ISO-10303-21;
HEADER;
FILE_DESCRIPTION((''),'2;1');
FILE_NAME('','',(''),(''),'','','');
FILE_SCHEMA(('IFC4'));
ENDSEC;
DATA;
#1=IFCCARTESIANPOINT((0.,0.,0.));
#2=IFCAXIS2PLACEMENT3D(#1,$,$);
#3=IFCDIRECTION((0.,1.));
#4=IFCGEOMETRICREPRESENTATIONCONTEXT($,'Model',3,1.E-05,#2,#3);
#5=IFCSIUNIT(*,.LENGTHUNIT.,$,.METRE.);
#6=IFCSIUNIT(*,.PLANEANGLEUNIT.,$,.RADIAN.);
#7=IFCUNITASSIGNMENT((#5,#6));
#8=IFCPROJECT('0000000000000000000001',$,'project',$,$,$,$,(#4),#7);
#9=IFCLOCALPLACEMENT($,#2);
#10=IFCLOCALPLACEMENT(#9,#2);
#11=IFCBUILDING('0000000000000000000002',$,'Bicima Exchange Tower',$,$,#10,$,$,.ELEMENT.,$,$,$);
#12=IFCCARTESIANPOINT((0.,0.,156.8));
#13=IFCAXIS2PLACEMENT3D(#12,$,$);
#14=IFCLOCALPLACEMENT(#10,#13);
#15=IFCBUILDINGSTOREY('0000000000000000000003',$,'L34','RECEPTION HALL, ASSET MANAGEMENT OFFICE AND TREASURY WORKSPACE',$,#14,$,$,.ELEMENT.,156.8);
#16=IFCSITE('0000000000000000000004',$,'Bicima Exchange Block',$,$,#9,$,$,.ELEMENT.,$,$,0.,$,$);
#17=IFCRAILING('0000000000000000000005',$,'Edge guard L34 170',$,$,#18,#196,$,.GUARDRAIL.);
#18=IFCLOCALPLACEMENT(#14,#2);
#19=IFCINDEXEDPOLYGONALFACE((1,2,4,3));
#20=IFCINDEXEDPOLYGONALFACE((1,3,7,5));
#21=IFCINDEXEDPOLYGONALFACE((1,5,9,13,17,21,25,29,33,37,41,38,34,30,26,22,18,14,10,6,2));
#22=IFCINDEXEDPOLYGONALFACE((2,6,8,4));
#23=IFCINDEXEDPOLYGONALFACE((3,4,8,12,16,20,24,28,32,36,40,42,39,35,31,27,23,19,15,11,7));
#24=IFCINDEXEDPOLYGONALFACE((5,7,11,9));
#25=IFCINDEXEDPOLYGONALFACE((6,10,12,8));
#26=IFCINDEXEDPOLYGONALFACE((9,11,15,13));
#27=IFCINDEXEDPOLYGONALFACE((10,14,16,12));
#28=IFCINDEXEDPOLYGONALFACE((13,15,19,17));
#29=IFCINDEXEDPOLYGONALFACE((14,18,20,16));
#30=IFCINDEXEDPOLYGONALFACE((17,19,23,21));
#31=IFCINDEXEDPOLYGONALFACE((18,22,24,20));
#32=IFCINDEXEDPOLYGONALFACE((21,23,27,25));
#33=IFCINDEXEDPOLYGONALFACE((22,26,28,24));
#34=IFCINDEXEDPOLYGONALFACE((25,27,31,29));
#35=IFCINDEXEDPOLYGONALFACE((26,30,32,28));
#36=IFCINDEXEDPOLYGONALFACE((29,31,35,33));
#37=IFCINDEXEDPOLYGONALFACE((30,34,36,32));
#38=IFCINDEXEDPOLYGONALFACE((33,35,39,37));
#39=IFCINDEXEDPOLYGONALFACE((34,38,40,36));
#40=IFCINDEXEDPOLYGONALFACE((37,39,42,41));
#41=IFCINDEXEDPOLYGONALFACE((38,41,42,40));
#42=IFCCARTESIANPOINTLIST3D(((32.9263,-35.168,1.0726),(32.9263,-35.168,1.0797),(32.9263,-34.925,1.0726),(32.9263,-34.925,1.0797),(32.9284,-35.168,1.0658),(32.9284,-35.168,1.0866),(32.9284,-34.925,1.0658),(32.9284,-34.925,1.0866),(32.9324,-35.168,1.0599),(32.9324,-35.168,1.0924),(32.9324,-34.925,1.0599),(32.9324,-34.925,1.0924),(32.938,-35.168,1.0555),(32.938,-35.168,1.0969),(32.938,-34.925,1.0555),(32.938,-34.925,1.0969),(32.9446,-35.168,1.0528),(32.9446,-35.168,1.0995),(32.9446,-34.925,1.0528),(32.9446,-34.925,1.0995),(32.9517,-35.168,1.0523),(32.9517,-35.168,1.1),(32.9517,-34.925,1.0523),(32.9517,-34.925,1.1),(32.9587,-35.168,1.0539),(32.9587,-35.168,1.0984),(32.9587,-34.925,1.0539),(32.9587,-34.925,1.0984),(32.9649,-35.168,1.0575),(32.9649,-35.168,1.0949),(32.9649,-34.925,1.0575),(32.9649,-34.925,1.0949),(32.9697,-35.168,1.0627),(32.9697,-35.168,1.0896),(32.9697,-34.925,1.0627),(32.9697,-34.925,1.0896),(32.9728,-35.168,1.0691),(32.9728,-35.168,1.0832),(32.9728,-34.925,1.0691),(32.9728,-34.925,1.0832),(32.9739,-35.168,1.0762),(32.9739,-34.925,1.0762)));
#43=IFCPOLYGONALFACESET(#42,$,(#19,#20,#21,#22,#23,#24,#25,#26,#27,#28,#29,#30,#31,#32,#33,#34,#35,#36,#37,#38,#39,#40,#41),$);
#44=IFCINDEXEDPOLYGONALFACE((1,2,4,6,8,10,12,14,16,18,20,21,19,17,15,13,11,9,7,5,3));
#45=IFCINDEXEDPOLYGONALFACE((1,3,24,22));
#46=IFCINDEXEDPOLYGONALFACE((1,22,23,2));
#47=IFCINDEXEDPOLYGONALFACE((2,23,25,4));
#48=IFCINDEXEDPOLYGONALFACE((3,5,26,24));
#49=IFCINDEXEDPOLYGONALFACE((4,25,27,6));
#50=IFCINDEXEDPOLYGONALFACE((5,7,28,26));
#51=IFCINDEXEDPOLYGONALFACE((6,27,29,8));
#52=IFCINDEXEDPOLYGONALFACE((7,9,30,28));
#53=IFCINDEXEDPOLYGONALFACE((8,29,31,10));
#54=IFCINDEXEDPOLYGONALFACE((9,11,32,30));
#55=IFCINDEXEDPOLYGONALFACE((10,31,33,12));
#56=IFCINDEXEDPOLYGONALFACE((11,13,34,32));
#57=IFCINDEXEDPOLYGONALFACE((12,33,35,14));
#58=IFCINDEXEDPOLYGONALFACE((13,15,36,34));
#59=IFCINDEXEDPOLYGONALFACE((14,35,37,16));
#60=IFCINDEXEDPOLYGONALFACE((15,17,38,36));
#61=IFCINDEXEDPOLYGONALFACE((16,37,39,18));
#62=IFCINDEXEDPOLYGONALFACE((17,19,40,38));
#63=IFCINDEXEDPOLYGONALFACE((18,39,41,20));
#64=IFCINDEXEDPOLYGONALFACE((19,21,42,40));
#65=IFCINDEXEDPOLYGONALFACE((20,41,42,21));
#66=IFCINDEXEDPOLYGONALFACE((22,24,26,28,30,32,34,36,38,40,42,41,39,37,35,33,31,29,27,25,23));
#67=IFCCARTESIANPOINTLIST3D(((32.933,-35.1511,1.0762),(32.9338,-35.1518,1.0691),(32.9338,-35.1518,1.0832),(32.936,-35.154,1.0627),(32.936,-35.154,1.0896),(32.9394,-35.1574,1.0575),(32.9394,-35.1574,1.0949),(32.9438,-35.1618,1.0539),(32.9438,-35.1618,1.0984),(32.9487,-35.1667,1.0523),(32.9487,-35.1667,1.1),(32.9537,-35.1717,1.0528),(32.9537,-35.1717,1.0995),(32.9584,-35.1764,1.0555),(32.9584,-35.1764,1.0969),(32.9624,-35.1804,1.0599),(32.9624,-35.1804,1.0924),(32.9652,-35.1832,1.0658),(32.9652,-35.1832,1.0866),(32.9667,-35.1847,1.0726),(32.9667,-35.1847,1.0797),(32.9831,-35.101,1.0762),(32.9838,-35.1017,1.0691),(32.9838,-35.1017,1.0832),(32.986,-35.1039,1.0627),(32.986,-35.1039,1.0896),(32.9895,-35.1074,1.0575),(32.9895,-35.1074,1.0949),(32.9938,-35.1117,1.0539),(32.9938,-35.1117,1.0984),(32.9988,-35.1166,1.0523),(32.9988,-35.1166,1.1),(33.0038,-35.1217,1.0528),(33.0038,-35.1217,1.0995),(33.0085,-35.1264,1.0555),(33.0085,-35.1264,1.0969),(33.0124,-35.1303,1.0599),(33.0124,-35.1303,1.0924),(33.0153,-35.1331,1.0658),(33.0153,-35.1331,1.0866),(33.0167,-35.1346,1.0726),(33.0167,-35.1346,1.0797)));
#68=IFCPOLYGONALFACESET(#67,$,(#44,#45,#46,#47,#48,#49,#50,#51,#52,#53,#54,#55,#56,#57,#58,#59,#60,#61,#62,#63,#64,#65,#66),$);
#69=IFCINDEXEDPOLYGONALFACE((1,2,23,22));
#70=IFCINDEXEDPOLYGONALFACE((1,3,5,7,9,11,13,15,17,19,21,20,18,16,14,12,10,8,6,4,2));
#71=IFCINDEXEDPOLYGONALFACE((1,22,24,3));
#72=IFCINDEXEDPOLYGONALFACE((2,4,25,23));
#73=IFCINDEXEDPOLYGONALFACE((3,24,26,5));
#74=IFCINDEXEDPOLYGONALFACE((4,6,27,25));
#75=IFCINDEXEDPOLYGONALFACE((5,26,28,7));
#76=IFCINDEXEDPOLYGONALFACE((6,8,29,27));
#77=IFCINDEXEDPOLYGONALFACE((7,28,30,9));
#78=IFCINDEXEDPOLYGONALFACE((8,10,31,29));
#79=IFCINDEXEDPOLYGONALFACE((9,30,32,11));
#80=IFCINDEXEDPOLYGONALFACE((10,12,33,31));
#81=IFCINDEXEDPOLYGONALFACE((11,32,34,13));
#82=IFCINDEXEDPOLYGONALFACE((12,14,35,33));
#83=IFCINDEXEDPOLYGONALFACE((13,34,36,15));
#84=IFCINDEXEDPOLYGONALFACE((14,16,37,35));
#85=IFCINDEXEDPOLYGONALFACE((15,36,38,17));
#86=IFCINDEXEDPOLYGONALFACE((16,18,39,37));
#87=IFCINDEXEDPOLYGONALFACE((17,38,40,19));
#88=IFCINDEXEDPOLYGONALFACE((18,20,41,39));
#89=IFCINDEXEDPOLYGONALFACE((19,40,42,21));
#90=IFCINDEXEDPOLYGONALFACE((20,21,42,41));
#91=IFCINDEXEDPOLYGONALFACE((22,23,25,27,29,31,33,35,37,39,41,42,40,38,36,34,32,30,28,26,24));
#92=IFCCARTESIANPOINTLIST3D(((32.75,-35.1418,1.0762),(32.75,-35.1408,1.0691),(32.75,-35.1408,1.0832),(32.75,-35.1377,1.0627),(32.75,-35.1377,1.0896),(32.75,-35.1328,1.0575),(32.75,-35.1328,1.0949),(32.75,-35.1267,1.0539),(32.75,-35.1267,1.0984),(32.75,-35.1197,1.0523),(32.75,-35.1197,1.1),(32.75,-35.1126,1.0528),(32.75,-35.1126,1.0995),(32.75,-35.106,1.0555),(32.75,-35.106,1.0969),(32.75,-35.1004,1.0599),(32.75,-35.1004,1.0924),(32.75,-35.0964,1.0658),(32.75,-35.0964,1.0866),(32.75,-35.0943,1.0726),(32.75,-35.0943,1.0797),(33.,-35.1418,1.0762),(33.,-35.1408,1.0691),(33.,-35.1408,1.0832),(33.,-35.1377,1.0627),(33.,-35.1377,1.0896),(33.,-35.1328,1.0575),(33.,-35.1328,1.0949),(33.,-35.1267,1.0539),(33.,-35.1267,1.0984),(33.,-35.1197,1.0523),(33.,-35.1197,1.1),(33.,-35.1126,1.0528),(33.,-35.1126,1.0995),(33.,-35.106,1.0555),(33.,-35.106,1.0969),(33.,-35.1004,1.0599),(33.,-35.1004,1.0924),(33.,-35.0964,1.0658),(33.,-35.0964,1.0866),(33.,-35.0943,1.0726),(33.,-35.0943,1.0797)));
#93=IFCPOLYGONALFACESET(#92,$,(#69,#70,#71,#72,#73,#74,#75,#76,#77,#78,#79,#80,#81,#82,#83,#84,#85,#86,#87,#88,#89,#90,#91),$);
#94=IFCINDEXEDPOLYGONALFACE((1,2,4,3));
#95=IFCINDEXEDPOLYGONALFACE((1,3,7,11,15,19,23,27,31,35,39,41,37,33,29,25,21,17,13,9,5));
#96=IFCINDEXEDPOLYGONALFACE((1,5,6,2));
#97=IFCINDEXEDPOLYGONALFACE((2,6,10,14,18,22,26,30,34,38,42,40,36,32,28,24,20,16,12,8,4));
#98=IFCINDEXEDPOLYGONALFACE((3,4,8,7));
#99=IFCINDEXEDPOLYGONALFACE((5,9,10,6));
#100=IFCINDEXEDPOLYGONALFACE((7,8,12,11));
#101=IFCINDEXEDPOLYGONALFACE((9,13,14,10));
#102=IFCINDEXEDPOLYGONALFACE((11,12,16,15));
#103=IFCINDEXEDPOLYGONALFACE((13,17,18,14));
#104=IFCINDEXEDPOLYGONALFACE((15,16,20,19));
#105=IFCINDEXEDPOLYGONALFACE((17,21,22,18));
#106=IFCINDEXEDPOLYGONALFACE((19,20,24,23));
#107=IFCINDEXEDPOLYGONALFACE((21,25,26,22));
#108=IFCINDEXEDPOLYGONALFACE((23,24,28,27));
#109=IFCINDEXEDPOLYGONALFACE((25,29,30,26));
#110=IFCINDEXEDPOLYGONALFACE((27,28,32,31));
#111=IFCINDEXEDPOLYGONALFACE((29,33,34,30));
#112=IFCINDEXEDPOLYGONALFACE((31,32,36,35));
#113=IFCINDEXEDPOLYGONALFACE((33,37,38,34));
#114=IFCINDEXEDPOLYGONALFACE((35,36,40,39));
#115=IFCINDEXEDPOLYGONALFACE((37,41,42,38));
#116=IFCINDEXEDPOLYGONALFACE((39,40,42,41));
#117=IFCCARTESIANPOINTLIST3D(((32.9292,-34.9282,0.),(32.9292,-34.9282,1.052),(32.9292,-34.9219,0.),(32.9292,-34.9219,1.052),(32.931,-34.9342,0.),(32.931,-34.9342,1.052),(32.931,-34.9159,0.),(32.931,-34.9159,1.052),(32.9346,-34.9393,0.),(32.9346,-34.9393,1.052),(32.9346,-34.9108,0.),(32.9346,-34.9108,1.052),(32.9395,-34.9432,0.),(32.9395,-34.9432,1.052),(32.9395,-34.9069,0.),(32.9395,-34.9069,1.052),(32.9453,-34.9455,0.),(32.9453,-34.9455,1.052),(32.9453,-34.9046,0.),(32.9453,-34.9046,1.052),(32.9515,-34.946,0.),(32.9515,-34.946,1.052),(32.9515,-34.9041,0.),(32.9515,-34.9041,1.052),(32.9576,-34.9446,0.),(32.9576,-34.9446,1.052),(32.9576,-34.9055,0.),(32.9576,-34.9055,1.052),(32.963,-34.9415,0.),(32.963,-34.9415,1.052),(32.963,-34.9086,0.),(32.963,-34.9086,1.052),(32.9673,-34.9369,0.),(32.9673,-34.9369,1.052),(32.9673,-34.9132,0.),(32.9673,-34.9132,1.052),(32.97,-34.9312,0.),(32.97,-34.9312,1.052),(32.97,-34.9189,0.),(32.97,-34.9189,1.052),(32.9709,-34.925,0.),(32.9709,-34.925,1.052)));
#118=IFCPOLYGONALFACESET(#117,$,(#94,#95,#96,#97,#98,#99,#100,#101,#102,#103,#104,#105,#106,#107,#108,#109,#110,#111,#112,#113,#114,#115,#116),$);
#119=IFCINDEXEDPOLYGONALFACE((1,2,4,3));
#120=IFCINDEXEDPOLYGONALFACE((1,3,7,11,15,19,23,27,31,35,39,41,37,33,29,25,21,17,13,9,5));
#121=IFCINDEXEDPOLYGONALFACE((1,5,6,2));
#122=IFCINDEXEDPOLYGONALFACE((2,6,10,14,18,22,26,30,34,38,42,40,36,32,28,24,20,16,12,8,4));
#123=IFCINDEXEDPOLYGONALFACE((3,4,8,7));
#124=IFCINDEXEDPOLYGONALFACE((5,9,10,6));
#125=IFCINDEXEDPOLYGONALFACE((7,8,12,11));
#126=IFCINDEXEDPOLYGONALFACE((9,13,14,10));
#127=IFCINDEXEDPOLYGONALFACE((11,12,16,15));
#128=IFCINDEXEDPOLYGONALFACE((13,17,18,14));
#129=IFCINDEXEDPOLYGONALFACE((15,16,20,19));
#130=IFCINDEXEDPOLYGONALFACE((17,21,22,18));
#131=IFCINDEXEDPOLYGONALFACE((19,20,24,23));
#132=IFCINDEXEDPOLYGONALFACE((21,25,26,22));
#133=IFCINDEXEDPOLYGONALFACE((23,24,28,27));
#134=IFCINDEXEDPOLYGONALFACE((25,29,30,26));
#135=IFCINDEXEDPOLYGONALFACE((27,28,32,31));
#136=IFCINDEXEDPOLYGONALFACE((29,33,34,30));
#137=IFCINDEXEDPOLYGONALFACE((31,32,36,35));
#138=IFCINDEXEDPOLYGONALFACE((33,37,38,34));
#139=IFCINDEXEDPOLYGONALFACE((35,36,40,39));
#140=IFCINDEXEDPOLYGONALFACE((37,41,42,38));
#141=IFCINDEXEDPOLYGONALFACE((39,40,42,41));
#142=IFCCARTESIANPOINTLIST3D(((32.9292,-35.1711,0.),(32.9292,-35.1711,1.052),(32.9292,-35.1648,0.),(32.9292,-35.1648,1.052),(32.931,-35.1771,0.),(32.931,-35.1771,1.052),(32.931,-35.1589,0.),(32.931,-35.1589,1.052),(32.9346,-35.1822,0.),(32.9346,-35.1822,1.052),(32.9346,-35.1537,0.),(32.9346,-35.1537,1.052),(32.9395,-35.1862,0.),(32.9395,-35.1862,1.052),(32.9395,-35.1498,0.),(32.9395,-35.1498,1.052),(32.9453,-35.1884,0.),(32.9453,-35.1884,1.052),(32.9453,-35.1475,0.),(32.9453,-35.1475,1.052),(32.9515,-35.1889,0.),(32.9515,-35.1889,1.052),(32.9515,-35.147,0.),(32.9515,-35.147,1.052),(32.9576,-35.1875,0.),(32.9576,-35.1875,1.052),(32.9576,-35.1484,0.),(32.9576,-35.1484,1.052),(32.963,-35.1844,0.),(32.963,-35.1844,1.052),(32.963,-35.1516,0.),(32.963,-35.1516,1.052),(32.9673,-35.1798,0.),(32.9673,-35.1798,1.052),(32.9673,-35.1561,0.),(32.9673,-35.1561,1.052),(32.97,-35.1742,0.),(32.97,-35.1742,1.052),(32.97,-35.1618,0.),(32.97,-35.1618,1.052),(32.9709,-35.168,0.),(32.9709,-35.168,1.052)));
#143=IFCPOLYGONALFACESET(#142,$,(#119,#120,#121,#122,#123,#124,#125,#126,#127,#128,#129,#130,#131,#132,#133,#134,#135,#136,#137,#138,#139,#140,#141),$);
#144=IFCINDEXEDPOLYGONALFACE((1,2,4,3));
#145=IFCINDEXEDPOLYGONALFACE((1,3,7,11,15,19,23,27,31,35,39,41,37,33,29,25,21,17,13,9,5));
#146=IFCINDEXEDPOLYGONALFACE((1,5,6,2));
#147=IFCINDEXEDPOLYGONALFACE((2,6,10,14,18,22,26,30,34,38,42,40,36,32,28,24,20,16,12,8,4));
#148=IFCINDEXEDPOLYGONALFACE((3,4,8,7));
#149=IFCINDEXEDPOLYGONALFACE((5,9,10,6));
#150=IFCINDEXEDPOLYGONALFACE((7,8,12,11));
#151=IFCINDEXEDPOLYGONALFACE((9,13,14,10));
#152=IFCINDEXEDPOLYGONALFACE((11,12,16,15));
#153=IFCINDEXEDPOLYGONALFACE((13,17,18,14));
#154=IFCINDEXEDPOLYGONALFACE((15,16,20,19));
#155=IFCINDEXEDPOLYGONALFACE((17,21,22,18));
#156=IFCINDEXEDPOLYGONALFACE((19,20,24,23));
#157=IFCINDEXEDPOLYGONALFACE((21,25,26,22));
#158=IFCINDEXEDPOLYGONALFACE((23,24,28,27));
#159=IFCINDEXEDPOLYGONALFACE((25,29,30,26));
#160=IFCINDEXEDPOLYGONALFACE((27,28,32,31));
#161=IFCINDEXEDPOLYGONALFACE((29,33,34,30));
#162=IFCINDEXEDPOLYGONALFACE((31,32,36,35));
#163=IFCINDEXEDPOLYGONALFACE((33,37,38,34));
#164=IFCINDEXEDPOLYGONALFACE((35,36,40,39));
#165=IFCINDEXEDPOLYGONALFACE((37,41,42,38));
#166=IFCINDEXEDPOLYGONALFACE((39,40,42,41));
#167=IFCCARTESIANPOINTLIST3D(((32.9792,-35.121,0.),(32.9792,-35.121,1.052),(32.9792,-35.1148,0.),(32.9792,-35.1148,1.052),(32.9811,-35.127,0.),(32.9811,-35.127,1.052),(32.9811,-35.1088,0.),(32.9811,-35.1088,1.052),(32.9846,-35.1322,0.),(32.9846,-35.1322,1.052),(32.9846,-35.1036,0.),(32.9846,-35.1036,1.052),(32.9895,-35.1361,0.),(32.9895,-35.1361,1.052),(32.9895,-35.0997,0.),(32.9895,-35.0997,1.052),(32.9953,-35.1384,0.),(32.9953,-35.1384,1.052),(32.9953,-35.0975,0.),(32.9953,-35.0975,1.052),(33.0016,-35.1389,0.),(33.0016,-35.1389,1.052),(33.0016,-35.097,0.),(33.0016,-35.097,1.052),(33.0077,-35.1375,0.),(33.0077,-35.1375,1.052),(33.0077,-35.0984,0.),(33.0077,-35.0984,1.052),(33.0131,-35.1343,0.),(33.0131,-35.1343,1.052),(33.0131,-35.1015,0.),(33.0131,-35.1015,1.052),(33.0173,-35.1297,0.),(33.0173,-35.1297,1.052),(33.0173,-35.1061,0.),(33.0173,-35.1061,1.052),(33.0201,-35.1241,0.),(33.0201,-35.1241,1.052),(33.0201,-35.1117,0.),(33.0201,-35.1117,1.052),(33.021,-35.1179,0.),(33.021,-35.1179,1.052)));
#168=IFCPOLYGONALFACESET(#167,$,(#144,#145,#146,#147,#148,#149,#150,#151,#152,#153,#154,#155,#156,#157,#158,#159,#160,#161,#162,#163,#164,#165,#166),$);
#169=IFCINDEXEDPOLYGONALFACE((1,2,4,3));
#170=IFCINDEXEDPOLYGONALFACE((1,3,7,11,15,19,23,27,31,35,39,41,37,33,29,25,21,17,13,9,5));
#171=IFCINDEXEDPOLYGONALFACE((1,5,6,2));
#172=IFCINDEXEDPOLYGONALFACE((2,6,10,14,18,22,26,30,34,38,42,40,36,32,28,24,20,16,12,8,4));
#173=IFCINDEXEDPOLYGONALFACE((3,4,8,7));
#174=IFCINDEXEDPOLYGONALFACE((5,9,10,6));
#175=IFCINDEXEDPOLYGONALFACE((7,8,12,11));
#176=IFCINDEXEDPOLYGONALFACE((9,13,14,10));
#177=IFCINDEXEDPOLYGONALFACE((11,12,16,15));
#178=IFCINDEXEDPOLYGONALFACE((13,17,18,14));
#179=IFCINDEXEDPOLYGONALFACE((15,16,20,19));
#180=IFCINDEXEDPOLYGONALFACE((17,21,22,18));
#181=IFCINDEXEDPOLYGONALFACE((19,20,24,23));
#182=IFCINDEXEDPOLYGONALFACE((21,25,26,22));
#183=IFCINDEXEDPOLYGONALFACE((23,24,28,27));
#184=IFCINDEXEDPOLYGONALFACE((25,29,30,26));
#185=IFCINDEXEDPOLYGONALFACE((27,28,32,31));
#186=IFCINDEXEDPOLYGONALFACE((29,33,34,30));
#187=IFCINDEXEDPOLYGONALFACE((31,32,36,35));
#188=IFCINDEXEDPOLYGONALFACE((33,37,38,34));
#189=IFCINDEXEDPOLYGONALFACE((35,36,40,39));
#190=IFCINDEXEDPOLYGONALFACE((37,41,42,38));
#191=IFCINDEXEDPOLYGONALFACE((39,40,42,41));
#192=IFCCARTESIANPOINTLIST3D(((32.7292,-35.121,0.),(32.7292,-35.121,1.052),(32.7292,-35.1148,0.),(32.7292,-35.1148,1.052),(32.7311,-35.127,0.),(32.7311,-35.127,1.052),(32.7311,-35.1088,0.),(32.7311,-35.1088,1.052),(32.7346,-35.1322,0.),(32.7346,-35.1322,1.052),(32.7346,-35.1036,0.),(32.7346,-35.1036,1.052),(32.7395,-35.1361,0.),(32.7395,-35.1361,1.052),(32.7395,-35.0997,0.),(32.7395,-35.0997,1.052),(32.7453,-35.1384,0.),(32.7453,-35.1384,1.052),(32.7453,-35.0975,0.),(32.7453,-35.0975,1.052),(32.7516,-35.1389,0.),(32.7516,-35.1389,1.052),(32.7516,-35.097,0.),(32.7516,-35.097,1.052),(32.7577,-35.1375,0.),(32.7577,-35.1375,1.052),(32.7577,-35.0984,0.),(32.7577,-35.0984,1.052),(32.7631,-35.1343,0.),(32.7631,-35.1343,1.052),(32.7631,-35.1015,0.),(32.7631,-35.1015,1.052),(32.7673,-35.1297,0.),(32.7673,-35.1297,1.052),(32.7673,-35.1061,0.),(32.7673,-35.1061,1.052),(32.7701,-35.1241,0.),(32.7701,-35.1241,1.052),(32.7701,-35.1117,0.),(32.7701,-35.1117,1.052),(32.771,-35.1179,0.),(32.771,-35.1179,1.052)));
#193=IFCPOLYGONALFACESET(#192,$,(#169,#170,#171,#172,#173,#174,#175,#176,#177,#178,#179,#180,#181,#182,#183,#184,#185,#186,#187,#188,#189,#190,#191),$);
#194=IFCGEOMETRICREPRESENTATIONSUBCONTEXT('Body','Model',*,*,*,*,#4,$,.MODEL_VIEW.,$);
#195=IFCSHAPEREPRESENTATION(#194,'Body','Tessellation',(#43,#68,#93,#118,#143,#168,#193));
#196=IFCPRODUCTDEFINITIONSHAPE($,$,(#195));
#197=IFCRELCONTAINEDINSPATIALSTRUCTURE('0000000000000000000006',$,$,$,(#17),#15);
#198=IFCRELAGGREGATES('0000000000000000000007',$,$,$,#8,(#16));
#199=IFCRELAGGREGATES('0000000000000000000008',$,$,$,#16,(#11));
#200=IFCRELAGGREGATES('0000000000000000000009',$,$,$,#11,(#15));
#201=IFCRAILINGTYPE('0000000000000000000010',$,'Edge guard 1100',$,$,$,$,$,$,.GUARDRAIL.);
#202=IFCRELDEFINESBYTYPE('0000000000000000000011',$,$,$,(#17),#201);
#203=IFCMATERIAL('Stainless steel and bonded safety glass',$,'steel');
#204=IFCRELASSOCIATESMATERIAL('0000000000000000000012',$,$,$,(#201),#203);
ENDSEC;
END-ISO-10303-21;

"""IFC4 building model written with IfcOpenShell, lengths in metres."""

from ifc_helpers import new_model, si_unit, direction, frame, origin, origin_2d, place, context, subcontext, project, spatial, circle, extrude, material, type_object, element, save


model = new_model("IFC4")

# Units and contexts
model_context = context("Model", 3, precision=1e-05, world=origin(), true_north=direction((0.0, 1.0)))
body_context = subcontext(model_context, "Body", "Model", "MODEL_VIEW")
ifc_project = project(units=[si_unit("LENGTHUNIT", "METRE"), si_unit("PLANEANGLEUNIT", "RADIAN")], contexts=[model_context])

# Site, building, storey
site_placement = place(None, origin())
site = spatial("IfcSite", under=ifc_project, at=site_placement, Name="Bicima Exchange Block", CompositionType="ELEMENT", RefElevation=0.0)
building_placement = place(site_placement, origin())
building = spatial("IfcBuilding", under=site, at=building_placement, Name="Bicima Exchange Tower", CompositionType="ELEMENT")
storey_placement = place(building_placement, frame((0.0, 0.0, 156.8)))
storey = spatial("IfcBuildingStorey", under=building, at=storey_placement, Name="L34", Description="RECEPTION HALL, ASSET MANAGEMENT OFFICE AND TREASURY WORKSPACE", CompositionType="ELEMENT", Elevation=156.8)

# Railing
ifc_material_1 = material(Name="Stainless steel and bonded safety glass", Category="steel")
railing_type = type_object("IfcRailingType", Name="Edge guard 1100", PredefinedType="GUARDRAIL", material=ifc_material_1)
railing_1_placement = place(storey_placement, frame((32.95, -34.925, 0.0)))
element("IfcRailing", 1, at=railing_1_placement, inside=storey, type_object=railing_type, Name="Edge guard L34 170", PredefinedType="GUARDRAIL", context=body_context, shape_type="SweptSolid", body=[
    extrude(circle(Radius=0.0239, at=origin_2d()), frame((0.0, 0.0, 1.0762), z_axis=(0.0, -1.0, 0.0), x_axis=(1.0, 0.0, 0.0)), (0.0, 0.0, 1.0), 0.2429),
    extrude(circle(Radius=0.0239, at=origin_2d()), frame((0.0, -0.2429, 1.0762), z_axis=(0.707107, 0.707107, 0.0), x_axis=(-0.707107, 0.707107, 0.0)), (0.0, 0.0, 1.0), 0.0708),
    extrude(circle(Radius=0.0239, at=origin_2d()), frame((0.05, -0.1929, 1.0762), z_axis=(-1.0, 0.0, 0.0), x_axis=(0.0, -1.0, 0.0)), (0.0, 0.0, 1.0), 0.25),
    extrude(circle(Radius=0.021, at=origin_2d()), origin(), (0.0, 0.0, 1.0), 1.052),
    extrude(circle(Radius=0.021, at=origin_2d()), frame((0.0, -0.2429, 0.0)), (0.0, 0.0, 1.0), 1.052),
    extrude(circle(Radius=0.021, at=origin_2d()), frame((0.05, -0.1929, 0.0)), (0.0, 0.0, 1.0), 1.052),
    extrude(circle(Radius=0.021, at=origin_2d()), frame((-0.2, -0.1929, 0.0)), (0.0, 0.0, 1.0), 1.052),
])

save(model, "model.ifc")
